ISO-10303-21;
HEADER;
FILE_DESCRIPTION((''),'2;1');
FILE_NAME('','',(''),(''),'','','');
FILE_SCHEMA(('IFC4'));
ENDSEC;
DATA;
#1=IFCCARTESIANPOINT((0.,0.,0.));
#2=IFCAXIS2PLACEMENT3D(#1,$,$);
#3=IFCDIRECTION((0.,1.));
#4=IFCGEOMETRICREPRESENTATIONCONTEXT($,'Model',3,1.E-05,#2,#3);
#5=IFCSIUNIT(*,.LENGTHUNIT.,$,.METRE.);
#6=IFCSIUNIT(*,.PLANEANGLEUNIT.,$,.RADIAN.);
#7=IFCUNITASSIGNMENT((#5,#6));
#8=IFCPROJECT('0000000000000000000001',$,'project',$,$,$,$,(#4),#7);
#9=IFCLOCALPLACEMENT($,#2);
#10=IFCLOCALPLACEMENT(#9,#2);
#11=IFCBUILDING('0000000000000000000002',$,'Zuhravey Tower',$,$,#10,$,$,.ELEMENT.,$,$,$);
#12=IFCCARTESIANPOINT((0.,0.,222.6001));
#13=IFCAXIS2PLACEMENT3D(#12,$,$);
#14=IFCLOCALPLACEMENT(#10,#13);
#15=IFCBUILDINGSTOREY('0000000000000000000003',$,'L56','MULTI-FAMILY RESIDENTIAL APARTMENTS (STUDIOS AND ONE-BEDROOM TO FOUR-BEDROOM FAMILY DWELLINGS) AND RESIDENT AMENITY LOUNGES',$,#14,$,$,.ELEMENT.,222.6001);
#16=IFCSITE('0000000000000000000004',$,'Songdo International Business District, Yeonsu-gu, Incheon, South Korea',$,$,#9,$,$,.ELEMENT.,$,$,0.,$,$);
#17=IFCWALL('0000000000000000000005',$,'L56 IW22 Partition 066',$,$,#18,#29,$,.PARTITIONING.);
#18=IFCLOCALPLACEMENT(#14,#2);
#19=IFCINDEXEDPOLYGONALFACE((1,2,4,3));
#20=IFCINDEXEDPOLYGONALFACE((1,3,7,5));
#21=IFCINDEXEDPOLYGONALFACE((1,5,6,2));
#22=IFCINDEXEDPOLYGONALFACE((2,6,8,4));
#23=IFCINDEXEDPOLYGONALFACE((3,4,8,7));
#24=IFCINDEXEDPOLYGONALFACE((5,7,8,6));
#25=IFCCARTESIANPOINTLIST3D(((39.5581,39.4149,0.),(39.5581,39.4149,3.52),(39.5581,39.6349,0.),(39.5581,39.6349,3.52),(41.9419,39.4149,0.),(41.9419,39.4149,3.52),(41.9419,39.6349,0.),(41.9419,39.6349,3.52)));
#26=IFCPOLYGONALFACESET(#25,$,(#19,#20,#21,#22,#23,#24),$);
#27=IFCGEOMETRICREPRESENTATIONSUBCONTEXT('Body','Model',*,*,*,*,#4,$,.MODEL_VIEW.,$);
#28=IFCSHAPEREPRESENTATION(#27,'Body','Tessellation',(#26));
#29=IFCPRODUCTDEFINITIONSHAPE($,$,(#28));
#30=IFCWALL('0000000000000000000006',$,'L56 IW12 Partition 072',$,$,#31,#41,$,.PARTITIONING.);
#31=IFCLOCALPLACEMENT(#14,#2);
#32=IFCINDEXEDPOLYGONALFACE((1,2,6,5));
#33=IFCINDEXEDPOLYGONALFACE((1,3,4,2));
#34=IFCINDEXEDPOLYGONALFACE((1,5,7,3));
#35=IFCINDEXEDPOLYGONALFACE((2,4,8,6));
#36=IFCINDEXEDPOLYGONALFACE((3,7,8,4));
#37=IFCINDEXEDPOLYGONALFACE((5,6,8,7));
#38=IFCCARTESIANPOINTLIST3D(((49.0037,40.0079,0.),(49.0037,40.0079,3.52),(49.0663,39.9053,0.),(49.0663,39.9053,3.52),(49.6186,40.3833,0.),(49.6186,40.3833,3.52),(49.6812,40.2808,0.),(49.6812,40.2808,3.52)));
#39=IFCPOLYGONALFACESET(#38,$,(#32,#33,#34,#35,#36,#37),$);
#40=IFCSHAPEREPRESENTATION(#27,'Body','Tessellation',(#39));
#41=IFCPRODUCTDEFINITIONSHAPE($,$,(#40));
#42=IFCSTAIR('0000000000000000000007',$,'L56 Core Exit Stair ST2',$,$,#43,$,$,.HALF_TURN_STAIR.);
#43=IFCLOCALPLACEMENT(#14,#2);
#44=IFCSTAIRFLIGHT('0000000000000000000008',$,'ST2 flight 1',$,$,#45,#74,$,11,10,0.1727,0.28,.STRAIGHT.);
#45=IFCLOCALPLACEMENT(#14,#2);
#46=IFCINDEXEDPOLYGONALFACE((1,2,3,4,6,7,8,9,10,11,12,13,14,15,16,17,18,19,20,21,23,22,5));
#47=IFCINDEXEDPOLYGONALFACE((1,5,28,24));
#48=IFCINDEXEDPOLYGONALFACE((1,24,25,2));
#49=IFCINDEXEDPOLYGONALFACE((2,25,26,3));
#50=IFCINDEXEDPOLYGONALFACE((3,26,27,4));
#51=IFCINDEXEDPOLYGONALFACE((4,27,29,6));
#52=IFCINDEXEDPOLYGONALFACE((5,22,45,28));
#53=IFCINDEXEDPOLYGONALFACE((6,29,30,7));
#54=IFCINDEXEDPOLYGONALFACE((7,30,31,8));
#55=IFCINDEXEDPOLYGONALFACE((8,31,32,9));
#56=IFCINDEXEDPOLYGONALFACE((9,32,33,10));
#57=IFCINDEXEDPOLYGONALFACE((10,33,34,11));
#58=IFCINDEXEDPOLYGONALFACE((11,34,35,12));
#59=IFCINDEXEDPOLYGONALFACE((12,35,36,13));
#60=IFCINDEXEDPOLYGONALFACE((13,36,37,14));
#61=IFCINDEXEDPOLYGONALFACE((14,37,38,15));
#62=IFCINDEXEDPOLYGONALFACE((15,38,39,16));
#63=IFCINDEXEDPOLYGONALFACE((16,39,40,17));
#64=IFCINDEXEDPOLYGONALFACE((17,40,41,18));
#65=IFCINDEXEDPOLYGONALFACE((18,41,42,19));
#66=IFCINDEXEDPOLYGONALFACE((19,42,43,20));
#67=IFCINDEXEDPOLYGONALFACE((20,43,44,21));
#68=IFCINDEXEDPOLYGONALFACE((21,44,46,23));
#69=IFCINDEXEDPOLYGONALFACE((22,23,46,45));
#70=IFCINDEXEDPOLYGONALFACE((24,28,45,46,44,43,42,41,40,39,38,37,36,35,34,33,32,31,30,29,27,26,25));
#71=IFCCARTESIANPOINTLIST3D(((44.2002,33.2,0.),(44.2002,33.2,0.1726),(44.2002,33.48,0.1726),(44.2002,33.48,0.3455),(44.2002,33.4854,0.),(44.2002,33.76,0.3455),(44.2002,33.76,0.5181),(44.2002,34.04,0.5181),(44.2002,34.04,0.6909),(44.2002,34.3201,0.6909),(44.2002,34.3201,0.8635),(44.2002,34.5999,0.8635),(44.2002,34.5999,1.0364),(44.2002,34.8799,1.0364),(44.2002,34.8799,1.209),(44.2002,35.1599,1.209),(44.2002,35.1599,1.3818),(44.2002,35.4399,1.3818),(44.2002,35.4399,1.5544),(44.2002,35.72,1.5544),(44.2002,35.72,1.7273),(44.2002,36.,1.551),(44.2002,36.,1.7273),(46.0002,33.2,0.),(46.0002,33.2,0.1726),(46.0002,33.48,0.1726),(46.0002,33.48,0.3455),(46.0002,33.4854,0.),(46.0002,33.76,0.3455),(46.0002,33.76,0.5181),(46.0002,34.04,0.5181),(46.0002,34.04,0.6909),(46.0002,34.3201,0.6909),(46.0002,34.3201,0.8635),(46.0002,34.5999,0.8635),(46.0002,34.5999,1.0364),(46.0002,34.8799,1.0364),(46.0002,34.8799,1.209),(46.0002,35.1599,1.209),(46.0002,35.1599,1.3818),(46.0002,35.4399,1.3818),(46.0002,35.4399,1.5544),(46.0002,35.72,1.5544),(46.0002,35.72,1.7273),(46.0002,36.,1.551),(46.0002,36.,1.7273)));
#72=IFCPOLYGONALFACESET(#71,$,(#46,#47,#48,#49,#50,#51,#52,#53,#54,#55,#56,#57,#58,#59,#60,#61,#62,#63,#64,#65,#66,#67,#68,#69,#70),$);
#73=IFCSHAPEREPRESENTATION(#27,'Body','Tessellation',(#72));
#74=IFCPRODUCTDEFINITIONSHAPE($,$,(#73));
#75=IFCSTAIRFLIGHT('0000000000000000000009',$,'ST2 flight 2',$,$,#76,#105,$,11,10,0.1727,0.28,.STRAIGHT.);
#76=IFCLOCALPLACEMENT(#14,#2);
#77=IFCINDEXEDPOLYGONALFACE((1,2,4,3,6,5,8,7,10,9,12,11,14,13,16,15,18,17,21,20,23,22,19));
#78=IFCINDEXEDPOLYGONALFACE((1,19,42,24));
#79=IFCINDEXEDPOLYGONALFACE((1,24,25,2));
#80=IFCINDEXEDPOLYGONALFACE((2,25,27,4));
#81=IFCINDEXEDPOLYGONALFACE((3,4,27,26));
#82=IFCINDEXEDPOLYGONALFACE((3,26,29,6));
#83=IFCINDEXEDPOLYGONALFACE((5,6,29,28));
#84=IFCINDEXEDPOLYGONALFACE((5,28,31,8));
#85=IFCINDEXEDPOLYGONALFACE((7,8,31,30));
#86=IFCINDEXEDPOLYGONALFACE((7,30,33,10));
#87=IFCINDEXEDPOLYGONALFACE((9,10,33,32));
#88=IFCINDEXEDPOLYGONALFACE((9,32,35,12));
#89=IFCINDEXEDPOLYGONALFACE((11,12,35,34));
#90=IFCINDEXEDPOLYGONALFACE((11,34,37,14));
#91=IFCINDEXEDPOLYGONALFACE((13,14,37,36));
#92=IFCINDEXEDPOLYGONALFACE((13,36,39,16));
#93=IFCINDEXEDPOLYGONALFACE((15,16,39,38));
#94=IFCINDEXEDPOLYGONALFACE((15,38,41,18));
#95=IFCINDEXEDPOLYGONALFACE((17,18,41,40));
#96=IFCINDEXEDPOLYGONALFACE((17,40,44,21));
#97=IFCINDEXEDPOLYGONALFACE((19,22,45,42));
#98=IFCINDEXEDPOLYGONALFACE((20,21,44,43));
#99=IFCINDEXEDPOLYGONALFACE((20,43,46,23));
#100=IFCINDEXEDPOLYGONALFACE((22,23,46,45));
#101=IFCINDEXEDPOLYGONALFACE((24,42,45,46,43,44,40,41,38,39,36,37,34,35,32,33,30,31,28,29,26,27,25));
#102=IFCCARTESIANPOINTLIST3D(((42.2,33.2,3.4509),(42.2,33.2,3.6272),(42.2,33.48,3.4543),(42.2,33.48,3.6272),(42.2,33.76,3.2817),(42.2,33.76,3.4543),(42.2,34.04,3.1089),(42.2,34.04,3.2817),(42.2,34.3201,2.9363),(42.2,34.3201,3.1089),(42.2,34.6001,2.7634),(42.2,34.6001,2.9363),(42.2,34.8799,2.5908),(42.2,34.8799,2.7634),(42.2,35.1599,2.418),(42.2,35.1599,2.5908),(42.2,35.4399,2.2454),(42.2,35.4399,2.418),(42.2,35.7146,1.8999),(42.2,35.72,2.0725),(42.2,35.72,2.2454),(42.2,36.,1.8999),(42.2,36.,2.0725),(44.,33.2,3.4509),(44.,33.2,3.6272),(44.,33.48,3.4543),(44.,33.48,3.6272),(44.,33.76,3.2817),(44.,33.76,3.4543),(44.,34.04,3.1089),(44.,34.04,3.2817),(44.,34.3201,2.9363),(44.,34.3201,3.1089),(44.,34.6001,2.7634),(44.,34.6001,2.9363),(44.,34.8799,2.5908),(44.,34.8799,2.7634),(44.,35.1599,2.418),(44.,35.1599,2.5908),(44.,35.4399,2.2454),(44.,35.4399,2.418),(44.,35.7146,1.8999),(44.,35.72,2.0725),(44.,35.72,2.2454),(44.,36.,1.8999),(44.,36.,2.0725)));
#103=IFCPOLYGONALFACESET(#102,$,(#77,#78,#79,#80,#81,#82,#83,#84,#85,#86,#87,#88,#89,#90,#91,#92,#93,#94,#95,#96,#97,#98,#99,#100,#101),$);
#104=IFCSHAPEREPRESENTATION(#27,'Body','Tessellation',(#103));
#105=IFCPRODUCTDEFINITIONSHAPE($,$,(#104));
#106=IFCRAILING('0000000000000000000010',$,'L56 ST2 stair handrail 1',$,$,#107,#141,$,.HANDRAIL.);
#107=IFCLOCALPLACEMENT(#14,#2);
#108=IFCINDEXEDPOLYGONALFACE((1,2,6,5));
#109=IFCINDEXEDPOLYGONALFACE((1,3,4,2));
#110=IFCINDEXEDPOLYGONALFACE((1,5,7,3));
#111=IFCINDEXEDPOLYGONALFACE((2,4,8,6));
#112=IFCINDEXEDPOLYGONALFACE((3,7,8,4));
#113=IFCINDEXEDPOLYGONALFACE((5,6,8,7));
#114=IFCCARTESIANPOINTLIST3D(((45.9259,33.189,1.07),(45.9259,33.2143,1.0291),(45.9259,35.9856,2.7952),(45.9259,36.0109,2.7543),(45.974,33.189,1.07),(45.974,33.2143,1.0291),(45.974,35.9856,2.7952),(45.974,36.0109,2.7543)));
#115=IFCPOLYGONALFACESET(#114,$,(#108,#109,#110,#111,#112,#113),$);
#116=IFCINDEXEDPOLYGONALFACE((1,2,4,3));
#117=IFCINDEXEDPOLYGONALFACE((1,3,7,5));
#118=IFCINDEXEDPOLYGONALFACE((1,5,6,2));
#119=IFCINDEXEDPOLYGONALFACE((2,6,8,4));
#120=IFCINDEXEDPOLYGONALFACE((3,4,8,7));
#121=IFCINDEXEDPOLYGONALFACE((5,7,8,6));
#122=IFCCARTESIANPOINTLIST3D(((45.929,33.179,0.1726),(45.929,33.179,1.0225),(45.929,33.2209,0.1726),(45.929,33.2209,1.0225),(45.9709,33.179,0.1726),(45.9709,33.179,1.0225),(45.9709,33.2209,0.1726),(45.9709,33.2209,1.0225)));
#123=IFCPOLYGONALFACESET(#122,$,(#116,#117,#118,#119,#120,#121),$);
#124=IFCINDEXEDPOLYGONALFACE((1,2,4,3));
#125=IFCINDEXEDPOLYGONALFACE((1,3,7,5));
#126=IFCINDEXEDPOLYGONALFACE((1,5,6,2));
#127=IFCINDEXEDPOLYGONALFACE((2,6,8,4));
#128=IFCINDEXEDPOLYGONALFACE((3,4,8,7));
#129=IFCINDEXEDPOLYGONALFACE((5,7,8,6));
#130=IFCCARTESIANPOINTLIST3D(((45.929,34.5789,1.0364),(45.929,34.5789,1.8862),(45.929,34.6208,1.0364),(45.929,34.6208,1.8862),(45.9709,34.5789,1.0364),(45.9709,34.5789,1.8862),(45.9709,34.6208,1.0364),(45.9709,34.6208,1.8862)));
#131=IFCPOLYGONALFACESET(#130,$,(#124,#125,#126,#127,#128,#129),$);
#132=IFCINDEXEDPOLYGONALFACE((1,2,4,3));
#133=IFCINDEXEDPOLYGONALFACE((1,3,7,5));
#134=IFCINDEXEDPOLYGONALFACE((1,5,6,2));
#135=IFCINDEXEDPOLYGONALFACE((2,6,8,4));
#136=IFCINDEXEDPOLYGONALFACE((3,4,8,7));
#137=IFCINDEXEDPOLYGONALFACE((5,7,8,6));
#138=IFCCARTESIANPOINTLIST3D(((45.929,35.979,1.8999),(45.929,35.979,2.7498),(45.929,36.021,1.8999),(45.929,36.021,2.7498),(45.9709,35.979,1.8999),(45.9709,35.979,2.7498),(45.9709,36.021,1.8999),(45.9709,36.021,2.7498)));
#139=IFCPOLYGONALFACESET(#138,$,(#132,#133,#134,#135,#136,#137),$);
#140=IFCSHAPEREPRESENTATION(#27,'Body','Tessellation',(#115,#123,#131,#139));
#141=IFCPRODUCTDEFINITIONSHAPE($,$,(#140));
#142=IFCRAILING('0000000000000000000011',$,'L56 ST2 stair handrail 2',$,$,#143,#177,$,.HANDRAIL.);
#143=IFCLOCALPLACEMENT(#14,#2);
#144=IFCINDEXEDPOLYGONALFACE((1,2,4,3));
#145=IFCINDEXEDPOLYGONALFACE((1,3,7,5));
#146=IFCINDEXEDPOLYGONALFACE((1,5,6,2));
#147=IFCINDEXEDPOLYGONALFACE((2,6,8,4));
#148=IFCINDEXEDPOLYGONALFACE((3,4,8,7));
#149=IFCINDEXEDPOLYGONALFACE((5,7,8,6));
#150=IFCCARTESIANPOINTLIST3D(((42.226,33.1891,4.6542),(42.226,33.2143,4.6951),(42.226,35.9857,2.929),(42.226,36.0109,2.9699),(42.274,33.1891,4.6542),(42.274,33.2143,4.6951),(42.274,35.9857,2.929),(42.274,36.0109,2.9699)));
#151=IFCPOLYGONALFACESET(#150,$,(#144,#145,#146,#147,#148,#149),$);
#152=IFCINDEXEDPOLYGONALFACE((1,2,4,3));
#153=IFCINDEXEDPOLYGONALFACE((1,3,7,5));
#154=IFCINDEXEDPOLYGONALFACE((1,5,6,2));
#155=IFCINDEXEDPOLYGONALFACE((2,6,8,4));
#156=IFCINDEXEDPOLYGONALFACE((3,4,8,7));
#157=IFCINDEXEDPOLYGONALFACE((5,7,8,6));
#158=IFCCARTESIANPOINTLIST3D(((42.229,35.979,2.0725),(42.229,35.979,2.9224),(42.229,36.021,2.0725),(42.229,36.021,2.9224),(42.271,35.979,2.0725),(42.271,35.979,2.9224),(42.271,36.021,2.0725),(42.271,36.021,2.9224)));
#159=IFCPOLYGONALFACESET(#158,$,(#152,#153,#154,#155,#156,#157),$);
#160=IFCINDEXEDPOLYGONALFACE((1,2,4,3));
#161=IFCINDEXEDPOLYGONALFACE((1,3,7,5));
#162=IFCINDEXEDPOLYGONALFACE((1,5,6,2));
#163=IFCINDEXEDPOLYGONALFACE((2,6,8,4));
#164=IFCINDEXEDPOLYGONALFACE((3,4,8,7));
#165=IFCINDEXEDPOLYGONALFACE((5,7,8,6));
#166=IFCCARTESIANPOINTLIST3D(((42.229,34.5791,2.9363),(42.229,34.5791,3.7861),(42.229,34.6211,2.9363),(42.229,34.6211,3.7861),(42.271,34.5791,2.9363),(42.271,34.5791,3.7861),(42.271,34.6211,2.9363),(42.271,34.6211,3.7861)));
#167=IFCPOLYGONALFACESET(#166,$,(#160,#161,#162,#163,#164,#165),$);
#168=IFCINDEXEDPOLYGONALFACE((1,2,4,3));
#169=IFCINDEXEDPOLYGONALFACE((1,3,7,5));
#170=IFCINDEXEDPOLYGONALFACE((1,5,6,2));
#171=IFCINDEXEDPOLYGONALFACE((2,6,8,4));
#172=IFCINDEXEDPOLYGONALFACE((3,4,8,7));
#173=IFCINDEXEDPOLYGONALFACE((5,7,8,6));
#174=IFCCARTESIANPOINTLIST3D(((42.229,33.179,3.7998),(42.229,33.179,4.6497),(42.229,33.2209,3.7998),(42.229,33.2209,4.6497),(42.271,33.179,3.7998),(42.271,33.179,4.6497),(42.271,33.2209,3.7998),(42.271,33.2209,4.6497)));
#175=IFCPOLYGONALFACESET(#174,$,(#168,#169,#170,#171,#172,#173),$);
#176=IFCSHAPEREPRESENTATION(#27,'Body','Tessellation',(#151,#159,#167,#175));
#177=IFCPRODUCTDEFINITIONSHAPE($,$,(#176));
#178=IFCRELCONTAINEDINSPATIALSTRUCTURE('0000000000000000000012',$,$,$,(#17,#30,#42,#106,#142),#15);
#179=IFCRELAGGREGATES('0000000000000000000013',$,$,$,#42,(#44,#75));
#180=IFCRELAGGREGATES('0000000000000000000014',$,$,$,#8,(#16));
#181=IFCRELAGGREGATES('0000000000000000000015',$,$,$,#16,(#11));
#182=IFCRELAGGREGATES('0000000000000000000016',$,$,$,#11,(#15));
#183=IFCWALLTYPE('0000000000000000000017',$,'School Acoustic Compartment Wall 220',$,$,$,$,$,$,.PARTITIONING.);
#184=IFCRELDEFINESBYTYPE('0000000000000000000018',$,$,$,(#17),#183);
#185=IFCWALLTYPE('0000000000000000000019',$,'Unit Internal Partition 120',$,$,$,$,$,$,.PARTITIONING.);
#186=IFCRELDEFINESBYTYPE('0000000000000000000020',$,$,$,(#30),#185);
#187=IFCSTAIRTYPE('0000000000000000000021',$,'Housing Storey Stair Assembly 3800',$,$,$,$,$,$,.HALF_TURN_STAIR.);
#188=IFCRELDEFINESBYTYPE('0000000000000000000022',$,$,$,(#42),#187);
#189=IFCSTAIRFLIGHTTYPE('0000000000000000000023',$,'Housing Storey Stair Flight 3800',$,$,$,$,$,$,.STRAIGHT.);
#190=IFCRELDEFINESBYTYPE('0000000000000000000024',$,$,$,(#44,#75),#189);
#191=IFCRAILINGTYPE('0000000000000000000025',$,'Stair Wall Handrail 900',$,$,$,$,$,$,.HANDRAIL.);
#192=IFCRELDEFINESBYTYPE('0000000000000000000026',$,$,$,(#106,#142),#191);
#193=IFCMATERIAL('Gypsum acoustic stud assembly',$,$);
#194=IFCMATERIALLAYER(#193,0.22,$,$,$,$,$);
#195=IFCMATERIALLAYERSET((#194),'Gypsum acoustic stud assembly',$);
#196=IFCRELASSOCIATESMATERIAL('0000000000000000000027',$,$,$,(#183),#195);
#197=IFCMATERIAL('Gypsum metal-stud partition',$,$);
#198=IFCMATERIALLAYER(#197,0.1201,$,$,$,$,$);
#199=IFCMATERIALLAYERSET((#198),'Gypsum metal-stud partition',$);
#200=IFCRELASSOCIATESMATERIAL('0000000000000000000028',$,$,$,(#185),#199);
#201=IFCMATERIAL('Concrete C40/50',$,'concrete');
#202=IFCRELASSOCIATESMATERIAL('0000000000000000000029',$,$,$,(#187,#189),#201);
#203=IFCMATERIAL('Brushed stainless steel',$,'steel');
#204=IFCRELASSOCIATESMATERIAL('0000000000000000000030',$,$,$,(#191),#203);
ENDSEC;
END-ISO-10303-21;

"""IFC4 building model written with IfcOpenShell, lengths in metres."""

from ifc_helpers import new_model, si_unit, direction, frame, frame_2d, origin, origin_2d, place, context, subcontext, project, spatial, polyline, rectangle, outline, extrude, material, layer, layer_set, type_object, element, aggregate, save


model = new_model("IFC4")

# Units and contexts
model_context = context("Model", 3, precision=1e-05, world=origin(), true_north=direction((0.0, 1.0)))
body_context = subcontext(model_context, "Body", "Model", "MODEL_VIEW")
ifc_project = project(units=[si_unit("LENGTHUNIT", "METRE"), si_unit("PLANEANGLEUNIT", "RADIAN")], contexts=[model_context])

# Site, building, storey
site_placement = place(None, origin())
site = spatial("IfcSite", under=ifc_project, at=site_placement, Name="Songdo International Business District, Yeonsu-gu, Incheon, South Korea", CompositionType="ELEMENT", RefElevation=0.0)
building_placement = place(site_placement, origin())
building = spatial("IfcBuilding", under=site, at=building_placement, Name="Zuhravey Tower", CompositionType="ELEMENT")
storey_placement = place(building_placement, frame((0.0, 0.0, 222.6001)))
storey = spatial("IfcBuildingStorey", under=building, at=storey_placement, Name="L56", Description="MULTI-FAMILY RESIDENTIAL APARTMENTS (STUDIOS AND ONE-BEDROOM TO FOUR-BEDROOM FAMILY DWELLINGS) AND RESIDENT AMENITY LOUNGES", CompositionType="ELEMENT", Elevation=222.6001)

# Walls
ifc_material_1 = material(Name="Gypsum acoustic stud assembly")
ifc_layer_1 = layer(ifc_material_1, 0.22)
ifc_layer_set_1 = layer_set([ifc_layer_1], Name="Gypsum acoustic stud assembly")
wall_type_1 = type_object("IfcWallType", Name="School Acoustic Compartment Wall 220", PredefinedType="PARTITIONING", material=ifc_layer_set_1)
for number, where, z_axis, x_axis, name in (
    (1, (39.5581, 39.5249, 0.0), (0.0, 0.0, 1.0), (1.0, 0.0, 0.0), "L56 IW22 Partition 066"),
):
    element("IfcWall", number, at=place(storey_placement, frame(where, z_axis=z_axis, x_axis=x_axis)), inside=storey, type_object=wall_type_1, Name=name, PredefinedType="PARTITIONING", context=body_context, shape_type="SweptSolid", body=[
        extrude(rectangle(XDim=2.3838, YDim=0.22, at=frame_2d((1.1919, 0.0))), origin(), (0.0, 0.0, 1.0), 3.52),
    ])
ifc_material_2 = material(Name="Gypsum metal-stud partition")
ifc_layer_2 = layer(ifc_material_2, 0.1201)
ifc_layer_set_2 = layer_set([ifc_layer_2], Name="Gypsum metal-stud partition")
wall_type_2 = type_object("IfcWallType", Name="Unit Internal Partition 120", PredefinedType="PARTITIONING", material=ifc_layer_set_2)
wall_1_placement = place(storey_placement, frame((49.0349, 39.9565, 0.0), z_axis=(0.0, 0.0, 1.0), x_axis=(0.853491, 0.521107, 0.0)))
element("IfcWall", 2, at=wall_1_placement, inside=storey, type_object=wall_type_2, Name="L56 IW12 Partition 072", PredefinedType="PARTITIONING", context=body_context, shape_type="SweptSolid", body=[
    extrude(rectangle(XDim=0.7205, YDim=0.1201, at=frame_2d((0.3604, 0.0))), origin(), (0.0, 0.0, 1.0), 3.52),
])

# Stair, stair flights
ifc_material_3 = material(Name="Concrete C40/50", Category="concrete")
stair_type = type_object("IfcStairType", Name="Housing Storey Stair Assembly 3800", PredefinedType="HALF_TURN_STAIR", material=ifc_material_3)
stair_placement = place(storey_placement, origin())
stair = element("IfcStair", 3, at=stair_placement, inside=storey, type_object=stair_type, Name="L56 Core Exit Stair ST2", PredefinedType="HALF_TURN_STAIR")
stair_flight_type = type_object("IfcStairFlightType", Name="Housing Storey Stair Flight 3800", PredefinedType="STRAIGHT", material=ifc_material_3)
stair_flight_1_placement = place(storey_placement, frame((45.1001, 33.2, 0.0), z_axis=(0.0, 0.0, 1.0), x_axis=(0.0, 1.0, 0.0)))
stair_flight_1 = element("IfcStairFlight", 4, at=stair_flight_1_placement, type_object=stair_flight_type, Name="ST2 flight 1", NumberOfRisers=11, NumberOfTreads=10, PredefinedType="STRAIGHT", RiserHeight=0.1727, TreadLength=0.28, context=body_context, shape_type="SweptSolid", body=[
    extrude(outline(polyline([(0.0, 0.0), (0.0, 0.1726), (0.28, 0.1726), (0.28, 0.3455), (0.5601, 0.3455), (0.5601, 0.5181), (0.8401, 0.5181), (0.8401, 0.6909), (1.1201, 0.6909), (1.1201, 0.8635), (1.3999, 0.8635), (1.3999, 1.0364), (1.6799, 1.0364), (1.6799, 1.209), (1.96, 1.209), (1.96, 1.3818), (2.24, 1.3818), (2.24, 1.5544), (2.52, 1.5544), (2.52, 1.7273), (2.8, 1.7273), (2.8, 1.8999), (2.8, 1.551), (0.2854, 0.0), (0.0, 0.0)])), frame((0.0, 0.8999, 0.0), z_axis=(0.0, -1.0, 0.0), x_axis=(1.0, 0.0, 0.0)), (0.0, 0.0, 1.0), 1.8),
])
stair_flight_2_placement = place(storey_placement, frame((43.1001, 36.0, 1.8999), z_axis=(0.0, 0.0, 1.0), x_axis=(0.0, -1.0, 0.0)))
stair_flight_2 = element("IfcStairFlight", 5, at=stair_flight_2_placement, type_object=stair_flight_type, Name="ST2 flight 2", NumberOfRisers=11, NumberOfTreads=10, PredefinedType="STRAIGHT", RiserHeight=0.1727, TreadLength=0.28, context=body_context, shape_type="SweptSolid", body=[
    extrude(outline(polyline([(0.0, 0.0), (0.0, 0.1726), (0.28, 0.1726), (0.28, 0.3455), (0.5601, 0.3455), (0.5601, 0.5181), (0.8401, 0.5181), (0.8401, 0.6909), (1.1201, 0.6909), (1.1201, 0.8635), (1.3999, 0.8635), (1.3999, 1.0364), (1.6799, 1.0364), (1.6799, 1.209), (1.96, 1.209), (1.96, 1.3818), (2.24, 1.3818), (2.24, 1.5544), (2.52, 1.5544), (2.52, 1.7273), (2.8, 1.7273), (2.8, 1.8999), (2.8, 1.551), (0.2854, 0.0), (0.0, 0.0)])), frame((0.0, 0.8999, 0.0), z_axis=(0.0, -1.0, 0.0), x_axis=(1.0, 0.0, 0.0)), (0.0, 0.0, 1.0), 1.8),
])
aggregate(stair, [stair_flight_1, stair_flight_2])

# Railings
ifc_material_4 = material(Name="Brushed stainless steel", Category="steel")
railing_type_1 = type_object("IfcRailingType", Name="Stair Wall Handrail 900", PredefinedType="HANDRAIL", material=ifc_material_4)
railing_1_placement = place(storey_placement, frame((45.95, 33.2, 0.1726)))
element("IfcRailing", 6, at=railing_1_placement, inside=storey, type_object=railing_type_1, Name="L56 ST2 stair handrail 1", PredefinedType="HANDRAIL", context=body_context, shape_type="SweptSolid", body=[
    extrude(rectangle(XDim=0.0481, YDim=0.0481, at=origin_2d()), frame((0.0, 0.0017, 0.877), z_axis=(0.0, 0.85109, 0.52502), x_axis=(-1.0, 0.0, 0.0)), (0.0, 0.0, 1.0), 3.2859),
    extrude(rectangle(XDim=0.042, YDim=0.042, at=origin_2d()), origin(), (0.0, 0.0, 1.0), 0.8499),
    extrude(rectangle(XDim=0.042, YDim=0.042, at=origin_2d()), frame((0.0, 1.3999, 0.8638)), (0.0, 0.0, 1.0), 0.8499),
    extrude(rectangle(XDim=0.042, YDim=0.042, at=origin_2d()), frame((0.0, 2.8, 1.7273)), (0.0, 0.0, 1.0), 0.8499),
])
railing_2_placement = place(storey_placement, frame((42.25, 36.0, 2.0725)))
element("IfcRailing", 7, at=railing_2_placement, inside=storey, type_object=railing_type_1, Name="L56 ST2 stair handrail 2", PredefinedType="HANDRAIL", context=body_context, shape_type="SweptSolid", body=[
    extrude(rectangle(XDim=0.0481, YDim=0.0481, at=origin_2d()), frame((0.0, -0.0017, 0.877), z_axis=(0.0, -0.85109, 0.52502), x_axis=(1.0, 0.0, 0.0)), (0.0, 0.0, 1.0), 3.2859),
    extrude(rectangle(XDim=0.042, YDim=0.042, at=origin_2d()), origin(), (0.0, 0.0, 1.0), 0.8499),
    extrude(rectangle(XDim=0.042, YDim=0.042, at=origin_2d()), frame((0.0, -1.3999, 0.8638)), (0.0, 0.0, 1.0), 0.8499),
    extrude(rectangle(XDim=0.042, YDim=0.042, at=origin_2d()), frame((0.0, -2.8, 1.7273)), (0.0, 0.0, 1.0), 0.8499),
])

save(model, "model.ifc")
